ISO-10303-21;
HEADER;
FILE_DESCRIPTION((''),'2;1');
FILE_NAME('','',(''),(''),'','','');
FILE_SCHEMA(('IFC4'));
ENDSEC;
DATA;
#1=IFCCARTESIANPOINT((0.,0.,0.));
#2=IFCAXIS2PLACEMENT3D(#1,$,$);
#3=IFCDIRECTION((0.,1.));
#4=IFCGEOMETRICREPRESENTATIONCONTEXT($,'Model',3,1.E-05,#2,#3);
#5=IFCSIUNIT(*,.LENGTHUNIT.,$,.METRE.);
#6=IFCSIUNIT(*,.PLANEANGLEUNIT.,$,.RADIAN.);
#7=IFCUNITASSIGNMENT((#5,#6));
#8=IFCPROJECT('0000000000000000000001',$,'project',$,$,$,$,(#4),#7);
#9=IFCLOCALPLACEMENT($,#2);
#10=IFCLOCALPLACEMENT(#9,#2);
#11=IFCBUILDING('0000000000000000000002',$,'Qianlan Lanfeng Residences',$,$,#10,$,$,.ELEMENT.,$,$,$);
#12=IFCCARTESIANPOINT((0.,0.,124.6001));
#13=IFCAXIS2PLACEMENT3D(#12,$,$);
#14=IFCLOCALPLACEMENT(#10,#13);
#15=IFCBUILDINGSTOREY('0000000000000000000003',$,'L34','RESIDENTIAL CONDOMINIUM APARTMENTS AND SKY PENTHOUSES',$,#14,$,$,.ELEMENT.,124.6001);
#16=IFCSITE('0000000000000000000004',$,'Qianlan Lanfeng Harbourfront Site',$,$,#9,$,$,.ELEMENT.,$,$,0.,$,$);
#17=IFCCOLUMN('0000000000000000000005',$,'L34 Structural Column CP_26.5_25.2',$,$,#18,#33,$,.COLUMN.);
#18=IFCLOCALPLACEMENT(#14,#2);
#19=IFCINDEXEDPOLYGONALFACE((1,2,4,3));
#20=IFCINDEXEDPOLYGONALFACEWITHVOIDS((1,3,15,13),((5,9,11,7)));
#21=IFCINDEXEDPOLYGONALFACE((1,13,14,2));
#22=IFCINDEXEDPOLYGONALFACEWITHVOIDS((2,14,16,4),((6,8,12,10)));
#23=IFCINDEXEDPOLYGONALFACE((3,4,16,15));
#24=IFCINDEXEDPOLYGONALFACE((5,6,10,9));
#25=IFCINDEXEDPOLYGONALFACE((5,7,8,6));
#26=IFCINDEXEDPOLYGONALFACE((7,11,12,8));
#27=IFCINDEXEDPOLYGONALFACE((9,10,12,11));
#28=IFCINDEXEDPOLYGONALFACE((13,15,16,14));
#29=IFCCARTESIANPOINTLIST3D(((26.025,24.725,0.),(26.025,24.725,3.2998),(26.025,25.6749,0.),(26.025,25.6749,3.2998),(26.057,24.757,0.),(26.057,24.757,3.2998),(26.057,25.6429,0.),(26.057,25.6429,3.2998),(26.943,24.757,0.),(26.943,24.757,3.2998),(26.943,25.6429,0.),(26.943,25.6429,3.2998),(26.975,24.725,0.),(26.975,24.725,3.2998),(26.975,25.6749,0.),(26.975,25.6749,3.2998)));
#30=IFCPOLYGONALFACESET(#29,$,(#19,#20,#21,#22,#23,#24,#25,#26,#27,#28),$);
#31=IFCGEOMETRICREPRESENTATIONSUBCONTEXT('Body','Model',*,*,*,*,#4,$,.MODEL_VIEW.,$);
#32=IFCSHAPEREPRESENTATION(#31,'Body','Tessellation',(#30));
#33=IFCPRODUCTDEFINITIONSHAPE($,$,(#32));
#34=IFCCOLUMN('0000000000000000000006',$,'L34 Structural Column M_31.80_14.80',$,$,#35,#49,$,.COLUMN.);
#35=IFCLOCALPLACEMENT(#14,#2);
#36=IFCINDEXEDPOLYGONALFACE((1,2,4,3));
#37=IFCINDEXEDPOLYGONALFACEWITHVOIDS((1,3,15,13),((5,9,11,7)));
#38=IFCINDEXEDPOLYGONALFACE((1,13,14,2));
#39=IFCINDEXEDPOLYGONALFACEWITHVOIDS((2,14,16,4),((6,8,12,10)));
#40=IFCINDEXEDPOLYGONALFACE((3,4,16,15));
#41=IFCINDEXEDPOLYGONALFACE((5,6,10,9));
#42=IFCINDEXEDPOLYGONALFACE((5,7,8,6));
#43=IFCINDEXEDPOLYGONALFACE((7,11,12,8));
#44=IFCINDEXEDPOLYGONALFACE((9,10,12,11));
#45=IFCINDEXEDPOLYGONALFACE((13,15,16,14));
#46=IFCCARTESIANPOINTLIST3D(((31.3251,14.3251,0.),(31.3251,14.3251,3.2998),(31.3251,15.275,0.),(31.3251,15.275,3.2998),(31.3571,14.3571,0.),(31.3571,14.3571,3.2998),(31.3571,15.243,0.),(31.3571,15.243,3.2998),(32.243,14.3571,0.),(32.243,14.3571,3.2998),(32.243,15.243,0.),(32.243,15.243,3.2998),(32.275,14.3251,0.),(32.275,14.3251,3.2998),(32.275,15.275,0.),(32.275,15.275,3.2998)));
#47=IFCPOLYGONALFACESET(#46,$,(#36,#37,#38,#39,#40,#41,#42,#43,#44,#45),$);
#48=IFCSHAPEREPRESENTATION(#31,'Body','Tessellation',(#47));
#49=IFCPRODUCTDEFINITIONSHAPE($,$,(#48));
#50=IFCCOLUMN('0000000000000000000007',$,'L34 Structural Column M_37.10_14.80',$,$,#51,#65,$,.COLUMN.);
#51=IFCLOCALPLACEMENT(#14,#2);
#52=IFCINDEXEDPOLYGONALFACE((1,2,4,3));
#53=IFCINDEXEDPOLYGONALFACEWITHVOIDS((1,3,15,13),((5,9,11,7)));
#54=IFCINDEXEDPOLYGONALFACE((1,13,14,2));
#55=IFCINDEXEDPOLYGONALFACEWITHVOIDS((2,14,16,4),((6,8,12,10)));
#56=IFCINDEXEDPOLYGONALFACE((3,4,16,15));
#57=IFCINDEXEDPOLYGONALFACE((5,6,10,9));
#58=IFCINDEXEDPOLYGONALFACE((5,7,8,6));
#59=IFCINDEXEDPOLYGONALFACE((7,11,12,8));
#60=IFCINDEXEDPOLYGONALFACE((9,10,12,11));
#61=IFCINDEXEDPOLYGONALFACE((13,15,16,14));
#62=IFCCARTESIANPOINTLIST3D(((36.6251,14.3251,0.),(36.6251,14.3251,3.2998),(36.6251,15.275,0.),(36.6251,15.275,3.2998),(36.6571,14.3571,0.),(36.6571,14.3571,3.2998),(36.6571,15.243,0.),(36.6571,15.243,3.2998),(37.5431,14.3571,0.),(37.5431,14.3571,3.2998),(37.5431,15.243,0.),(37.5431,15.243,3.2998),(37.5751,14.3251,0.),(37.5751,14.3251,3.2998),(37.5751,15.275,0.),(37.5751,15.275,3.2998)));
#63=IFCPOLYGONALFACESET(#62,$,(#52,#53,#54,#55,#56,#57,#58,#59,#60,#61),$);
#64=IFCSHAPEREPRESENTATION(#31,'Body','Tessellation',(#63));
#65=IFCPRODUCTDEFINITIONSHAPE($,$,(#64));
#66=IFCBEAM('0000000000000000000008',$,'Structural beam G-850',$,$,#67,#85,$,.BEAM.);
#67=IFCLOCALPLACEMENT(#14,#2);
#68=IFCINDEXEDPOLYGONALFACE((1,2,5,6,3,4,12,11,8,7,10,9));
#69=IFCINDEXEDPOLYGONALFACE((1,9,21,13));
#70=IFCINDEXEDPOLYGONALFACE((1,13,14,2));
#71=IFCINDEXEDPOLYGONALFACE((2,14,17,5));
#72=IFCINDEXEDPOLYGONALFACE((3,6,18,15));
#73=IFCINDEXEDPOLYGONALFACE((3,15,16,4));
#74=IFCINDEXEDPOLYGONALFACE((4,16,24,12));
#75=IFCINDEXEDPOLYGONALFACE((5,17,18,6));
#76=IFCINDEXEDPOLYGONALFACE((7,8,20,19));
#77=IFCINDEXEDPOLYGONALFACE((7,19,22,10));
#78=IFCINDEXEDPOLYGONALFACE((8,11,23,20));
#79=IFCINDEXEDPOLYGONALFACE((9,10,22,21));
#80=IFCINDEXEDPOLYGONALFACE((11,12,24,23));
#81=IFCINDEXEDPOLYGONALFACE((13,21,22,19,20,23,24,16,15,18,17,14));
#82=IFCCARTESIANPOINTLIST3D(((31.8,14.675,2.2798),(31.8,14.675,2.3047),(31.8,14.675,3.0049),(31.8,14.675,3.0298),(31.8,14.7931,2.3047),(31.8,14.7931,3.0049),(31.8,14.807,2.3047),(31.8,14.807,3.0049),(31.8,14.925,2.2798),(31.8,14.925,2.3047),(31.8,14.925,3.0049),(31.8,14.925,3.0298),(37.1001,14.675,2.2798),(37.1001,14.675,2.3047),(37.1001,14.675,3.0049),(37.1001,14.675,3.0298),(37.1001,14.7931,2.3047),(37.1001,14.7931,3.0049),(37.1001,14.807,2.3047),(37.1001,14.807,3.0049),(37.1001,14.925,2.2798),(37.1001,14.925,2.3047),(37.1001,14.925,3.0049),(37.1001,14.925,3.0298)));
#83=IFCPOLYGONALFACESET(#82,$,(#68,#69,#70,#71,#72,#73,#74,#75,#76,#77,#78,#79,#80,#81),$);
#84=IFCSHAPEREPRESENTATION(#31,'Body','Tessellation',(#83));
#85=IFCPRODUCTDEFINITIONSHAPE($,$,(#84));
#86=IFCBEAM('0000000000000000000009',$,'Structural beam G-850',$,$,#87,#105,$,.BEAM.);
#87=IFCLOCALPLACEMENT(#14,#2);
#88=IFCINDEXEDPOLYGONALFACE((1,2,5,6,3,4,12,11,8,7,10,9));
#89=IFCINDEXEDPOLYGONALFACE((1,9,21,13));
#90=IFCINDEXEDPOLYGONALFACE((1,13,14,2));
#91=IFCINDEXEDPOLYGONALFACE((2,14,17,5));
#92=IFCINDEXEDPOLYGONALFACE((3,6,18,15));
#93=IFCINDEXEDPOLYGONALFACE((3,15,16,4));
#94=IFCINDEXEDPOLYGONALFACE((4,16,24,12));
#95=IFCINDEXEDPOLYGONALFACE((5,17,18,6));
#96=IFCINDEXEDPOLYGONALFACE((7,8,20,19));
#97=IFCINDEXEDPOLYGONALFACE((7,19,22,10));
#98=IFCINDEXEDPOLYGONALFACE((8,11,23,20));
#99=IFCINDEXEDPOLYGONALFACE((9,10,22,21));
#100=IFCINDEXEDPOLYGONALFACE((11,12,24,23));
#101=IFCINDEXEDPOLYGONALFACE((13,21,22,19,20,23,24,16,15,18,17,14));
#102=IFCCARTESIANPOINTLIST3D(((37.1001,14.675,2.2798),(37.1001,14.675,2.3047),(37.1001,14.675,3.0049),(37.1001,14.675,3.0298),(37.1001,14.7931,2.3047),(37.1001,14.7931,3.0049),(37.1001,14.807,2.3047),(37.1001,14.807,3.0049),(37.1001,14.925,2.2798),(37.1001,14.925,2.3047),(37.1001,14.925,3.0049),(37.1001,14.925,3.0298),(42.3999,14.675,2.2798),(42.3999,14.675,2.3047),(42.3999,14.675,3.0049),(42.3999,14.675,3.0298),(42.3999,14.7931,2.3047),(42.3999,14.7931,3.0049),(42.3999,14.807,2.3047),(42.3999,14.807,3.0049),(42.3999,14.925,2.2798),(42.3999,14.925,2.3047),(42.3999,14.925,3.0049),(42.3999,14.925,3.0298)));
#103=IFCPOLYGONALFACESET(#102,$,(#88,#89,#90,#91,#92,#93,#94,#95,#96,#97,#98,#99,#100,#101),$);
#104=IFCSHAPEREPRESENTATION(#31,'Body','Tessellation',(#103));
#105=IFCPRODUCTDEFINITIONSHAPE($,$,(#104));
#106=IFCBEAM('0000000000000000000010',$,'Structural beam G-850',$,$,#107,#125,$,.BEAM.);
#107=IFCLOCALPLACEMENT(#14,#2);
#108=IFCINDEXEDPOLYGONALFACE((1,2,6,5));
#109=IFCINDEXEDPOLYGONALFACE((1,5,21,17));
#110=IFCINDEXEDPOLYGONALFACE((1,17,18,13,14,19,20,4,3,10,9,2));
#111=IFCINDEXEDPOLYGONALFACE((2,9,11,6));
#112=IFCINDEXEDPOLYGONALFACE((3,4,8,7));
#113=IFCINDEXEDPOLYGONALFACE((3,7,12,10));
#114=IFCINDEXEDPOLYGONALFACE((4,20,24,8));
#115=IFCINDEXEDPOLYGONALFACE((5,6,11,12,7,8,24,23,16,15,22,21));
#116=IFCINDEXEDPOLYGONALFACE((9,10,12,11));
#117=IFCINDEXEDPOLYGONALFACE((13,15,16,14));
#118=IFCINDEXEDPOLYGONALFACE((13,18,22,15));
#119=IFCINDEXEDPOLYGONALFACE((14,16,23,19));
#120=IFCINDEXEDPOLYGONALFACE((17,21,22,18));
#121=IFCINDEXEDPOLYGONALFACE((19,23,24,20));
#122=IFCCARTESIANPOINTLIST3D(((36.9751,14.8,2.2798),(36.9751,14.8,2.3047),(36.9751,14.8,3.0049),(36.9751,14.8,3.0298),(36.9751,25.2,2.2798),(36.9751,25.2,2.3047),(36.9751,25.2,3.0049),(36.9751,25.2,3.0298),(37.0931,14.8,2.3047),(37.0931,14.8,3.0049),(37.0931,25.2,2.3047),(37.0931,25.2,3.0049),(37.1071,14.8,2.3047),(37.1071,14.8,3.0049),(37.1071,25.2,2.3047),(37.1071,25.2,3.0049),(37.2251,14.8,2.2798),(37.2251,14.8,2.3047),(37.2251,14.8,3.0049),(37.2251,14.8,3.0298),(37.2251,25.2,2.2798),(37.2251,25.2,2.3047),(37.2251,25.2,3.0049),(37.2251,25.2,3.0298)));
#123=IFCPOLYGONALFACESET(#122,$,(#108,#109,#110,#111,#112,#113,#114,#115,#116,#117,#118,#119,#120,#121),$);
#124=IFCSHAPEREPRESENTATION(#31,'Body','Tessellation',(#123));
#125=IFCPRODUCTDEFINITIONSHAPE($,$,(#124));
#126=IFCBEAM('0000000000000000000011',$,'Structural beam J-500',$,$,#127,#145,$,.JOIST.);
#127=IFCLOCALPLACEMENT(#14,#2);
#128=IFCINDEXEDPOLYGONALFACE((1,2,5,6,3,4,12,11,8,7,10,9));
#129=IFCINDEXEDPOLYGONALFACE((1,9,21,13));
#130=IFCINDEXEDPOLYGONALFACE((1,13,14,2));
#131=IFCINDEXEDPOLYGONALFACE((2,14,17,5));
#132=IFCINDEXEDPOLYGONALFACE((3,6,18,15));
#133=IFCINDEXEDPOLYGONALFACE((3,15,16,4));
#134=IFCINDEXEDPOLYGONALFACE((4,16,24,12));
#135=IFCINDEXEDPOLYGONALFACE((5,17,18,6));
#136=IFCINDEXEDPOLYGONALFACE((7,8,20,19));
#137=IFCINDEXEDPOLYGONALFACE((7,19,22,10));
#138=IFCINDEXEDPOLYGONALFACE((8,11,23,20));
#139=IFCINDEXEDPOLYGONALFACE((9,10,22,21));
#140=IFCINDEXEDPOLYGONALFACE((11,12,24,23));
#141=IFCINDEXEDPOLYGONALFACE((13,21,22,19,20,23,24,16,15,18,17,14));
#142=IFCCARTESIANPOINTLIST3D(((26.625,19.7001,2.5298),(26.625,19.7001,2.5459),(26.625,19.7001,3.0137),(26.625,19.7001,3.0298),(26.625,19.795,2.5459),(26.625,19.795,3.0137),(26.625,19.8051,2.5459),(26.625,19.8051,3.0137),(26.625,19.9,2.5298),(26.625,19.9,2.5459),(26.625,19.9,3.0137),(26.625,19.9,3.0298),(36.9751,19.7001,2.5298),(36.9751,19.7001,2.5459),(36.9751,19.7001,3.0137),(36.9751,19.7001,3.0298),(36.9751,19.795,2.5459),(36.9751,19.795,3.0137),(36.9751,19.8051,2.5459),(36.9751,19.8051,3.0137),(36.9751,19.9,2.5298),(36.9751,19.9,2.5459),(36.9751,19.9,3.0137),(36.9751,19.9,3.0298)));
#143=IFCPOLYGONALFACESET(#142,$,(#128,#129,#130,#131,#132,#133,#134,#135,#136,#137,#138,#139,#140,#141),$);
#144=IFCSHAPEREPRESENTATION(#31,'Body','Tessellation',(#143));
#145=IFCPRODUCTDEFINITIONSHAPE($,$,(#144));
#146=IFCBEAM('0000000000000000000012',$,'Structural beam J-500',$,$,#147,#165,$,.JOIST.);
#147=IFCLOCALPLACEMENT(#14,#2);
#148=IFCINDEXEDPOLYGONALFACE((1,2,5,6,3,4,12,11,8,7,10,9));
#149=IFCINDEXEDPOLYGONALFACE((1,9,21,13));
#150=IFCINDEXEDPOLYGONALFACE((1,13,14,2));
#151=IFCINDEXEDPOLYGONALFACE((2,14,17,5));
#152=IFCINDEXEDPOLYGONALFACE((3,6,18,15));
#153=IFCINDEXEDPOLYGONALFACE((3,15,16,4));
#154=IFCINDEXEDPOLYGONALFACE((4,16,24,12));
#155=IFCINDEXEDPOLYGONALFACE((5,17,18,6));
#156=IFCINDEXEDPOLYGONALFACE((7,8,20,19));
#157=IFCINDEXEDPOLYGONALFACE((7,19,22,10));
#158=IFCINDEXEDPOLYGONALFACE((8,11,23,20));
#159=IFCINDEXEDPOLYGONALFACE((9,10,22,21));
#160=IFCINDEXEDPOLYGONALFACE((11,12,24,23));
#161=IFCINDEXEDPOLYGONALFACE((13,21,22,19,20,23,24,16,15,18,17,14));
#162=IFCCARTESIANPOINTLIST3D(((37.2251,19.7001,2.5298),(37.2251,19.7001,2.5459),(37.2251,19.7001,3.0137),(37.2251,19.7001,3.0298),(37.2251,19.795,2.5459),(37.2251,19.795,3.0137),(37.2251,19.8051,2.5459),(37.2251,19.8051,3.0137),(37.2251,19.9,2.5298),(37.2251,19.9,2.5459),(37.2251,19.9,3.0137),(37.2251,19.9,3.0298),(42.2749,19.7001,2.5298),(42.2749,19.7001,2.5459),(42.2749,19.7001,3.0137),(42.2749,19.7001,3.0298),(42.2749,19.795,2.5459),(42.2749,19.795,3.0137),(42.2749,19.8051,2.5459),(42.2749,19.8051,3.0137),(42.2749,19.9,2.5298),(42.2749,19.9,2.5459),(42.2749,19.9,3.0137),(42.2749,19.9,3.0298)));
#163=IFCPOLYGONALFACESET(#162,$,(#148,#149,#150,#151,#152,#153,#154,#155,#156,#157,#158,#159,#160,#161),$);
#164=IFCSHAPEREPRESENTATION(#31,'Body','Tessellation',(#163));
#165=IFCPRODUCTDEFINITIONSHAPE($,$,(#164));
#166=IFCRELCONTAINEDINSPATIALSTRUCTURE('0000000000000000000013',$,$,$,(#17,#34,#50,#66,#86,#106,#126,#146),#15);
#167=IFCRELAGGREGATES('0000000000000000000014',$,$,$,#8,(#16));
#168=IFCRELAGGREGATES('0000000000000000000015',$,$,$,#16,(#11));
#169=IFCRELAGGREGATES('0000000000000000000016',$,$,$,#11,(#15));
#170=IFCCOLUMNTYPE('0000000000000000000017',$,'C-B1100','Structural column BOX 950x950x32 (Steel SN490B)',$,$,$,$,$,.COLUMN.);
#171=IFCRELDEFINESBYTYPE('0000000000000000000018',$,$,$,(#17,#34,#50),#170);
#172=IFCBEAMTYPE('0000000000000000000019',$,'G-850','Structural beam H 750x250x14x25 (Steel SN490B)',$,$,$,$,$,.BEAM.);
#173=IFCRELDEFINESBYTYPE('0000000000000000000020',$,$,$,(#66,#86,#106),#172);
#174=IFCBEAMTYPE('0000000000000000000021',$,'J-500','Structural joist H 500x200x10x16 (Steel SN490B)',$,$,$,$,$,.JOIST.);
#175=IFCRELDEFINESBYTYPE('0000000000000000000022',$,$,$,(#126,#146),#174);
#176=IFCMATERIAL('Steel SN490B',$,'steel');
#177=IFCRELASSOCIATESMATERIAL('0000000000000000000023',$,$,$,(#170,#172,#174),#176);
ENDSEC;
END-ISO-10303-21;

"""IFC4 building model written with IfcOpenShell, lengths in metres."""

from ifc_helpers import new_model, si_unit, direction, frame, origin, origin_2d, place, context, subcontext, project, spatial, hollow_rectangle, i_section, extrude, material, material_profile, profile_set, type_object, element, save


model = new_model("IFC4")

# Units and contexts
model_context = context("Model", 3, precision=1e-05, world=origin(), true_north=direction((0.0, 1.0)))
body_context = subcontext(model_context, "Body", "Model", "MODEL_VIEW")
ifc_project = project(units=[si_unit("LENGTHUNIT", "METRE"), si_unit("PLANEANGLEUNIT", "RADIAN")], contexts=[model_context])

# Site, building, storey
site_placement = place(None, origin())
site = spatial("IfcSite", under=ifc_project, at=site_placement, Name="Qianlan Lanfeng Harbourfront Site", CompositionType="ELEMENT", RefElevation=0.0)
building_placement = place(site_placement, origin())
building = spatial("IfcBuilding", under=site, at=building_placement, Name="Qianlan Lanfeng Residences", CompositionType="ELEMENT")
storey_placement = place(building_placement, frame((0.0, 0.0, 124.6001)))
storey = spatial("IfcBuildingStorey", under=building, at=storey_placement, Name="L34", Description="RESIDENTIAL CONDOMINIUM APARTMENTS AND SKY PENTHOUSES", CompositionType="ELEMENT", Elevation=124.6001)

# Columns
ifc_material_1 = material(Name="Steel SN490B", Category="steel")
ifc_material_profile_1 = material_profile(ifc_material_1, hollow_rectangle(XDim=0.95, YDim=0.95, WallThickness=0.032, at=origin_2d()), Name="BOX 950x950x32")
ifc_profile_set_1 = profile_set([ifc_material_profile_1], Name="Steel SN490B")
column_type = type_object("IfcColumnType", Name="C-B1100", Description="Structural column BOX 950x950x32 (Steel SN490B)", PredefinedType="COLUMN", material=ifc_profile_set_1)
for number, where, z_axis, x_axis, name in (
    (1, (26.5, 25.2, 0.0), (0.0, 0.0, 1.0), (1.0, 0.0, 0.0), "L34 Structural Column CP_26.5_25.2"),
    (2, (31.8, 14.8, 0.0), (0.0, 0.0, 1.0), (1.0, 0.0, 0.0), "L34 Structural Column M_31.80_14.80"),
    (3, (37.1001, 14.8, 0.0), (0.0, 0.0, 1.0), (1.0, 0.0, 0.0), "L34 Structural Column M_37.10_14.80"),
):
    element("IfcColumn", number, at=place(storey_placement, frame(where, z_axis=z_axis, x_axis=x_axis)), inside=storey, type_object=column_type, Name=name, PredefinedType="COLUMN", context=body_context, shape_type="SweptSolid", body=[
        extrude(hollow_rectangle(XDim=0.95, YDim=0.95, WallThickness=0.032, at=origin_2d()), origin(), (0.0, 0.0, 1.0), 3.2998),
    ])

# Beams
ifc_material_profile_2 = material_profile(ifc_material_1, i_section(OverallWidth=0.25, OverallDepth=0.75, WebThickness=0.0139, FlangeThickness=0.0249, at=origin_2d()), Name="H 750x250x14x25")
ifc_profile_set_2 = profile_set([ifc_material_profile_2], Name="Steel SN490B")
beam_type_1 = type_object("IfcBeamType", Name="G-850", Description="Structural beam H 750x250x14x25 (Steel SN490B)", PredefinedType="BEAM", material=ifc_profile_set_2)
beam_1_placement = place(storey_placement, frame((31.8, 14.8, 2.6548), z_axis=(1.0, 0.0, 0.0), x_axis=(0.0, 1.0, 0.0)))
element("IfcBeam", 4, at=beam_1_placement, inside=storey, type_object=beam_type_1, Name="Structural beam G-850", PredefinedType="BEAM", context=body_context, shape_type="SweptSolid", body=[
    extrude(i_section(OverallWidth=0.25, OverallDepth=0.75, WebThickness=0.0139, FlangeThickness=0.0249, at=origin_2d()), origin(), (0.0, 0.0, 1.0), 5.3),
])
beam_2_placement = place(storey_placement, frame((37.1001, 14.8, 2.6548), z_axis=(1.0, 0.0, 0.0), x_axis=(0.0, 1.0, 0.0)))
element("IfcBeam", 5, at=beam_2_placement, inside=storey, type_object=beam_type_1, Name="Structural beam G-850", PredefinedType="BEAM", context=body_context, shape_type="SweptSolid", body=[
    extrude(i_section(OverallWidth=0.25, OverallDepth=0.75, WebThickness=0.0139, FlangeThickness=0.0249, at=origin_2d()), origin(), (0.0, 0.0, 1.0), 5.2998),
])
beam_3_placement = place(storey_placement, frame((37.1001, 14.8, 2.6548), z_axis=(0.0, 1.0, 0.0), x_axis=(-1.0, 0.0, 0.0)))
element("IfcBeam", 6, at=beam_3_placement, inside=storey, type_object=beam_type_1, Name="Structural beam G-850", PredefinedType="BEAM", context=body_context, shape_type="SweptSolid", body=[
    extrude(i_section(OverallWidth=0.25, OverallDepth=0.75, WebThickness=0.0139, FlangeThickness=0.0249, at=origin_2d()), origin(), (0.0, 0.0, 1.0), 10.3999),
])
ifc_material_profile_3 = material_profile(ifc_material_1, i_section(OverallWidth=0.2, OverallDepth=0.5, WebThickness=0.01, FlangeThickness=0.0161, at=origin_2d()), Name="H 500x200x10x16")
ifc_profile_set_3 = profile_set([ifc_material_profile_3], Name="Steel SN490B")
beam_type_2 = type_object("IfcBeamType", Name="J-500", Description="Structural joist H 500x200x10x16 (Steel SN490B)", PredefinedType="JOIST", material=ifc_profile_set_3)
beam_4_placement = place(storey_placement, frame((26.625, 19.8, 2.7798), z_axis=(1.0, 0.0, 0.0), x_axis=(0.0, 1.0, 0.0)))
element("IfcBeam", 7, at=beam_4_placement, inside=storey, type_object=beam_type_2, Name="Structural beam J-500", PredefinedType="JOIST", context=body_context, shape_type="SweptSolid", body=[
    extrude(i_section(OverallWidth=0.2, OverallDepth=0.5, WebThickness=0.01, FlangeThickness=0.0161, at=origin_2d()), origin(), (0.0, 0.0, 1.0), 10.3501),
])
beam_5_placement = place(storey_placement, frame((37.2251, 19.8, 2.7798), z_axis=(1.0, 0.0, 0.0), x_axis=(0.0, 1.0, 0.0)))
element("IfcBeam", 8, at=beam_5_placement, inside=storey, type_object=beam_type_2, Name="Structural beam J-500", PredefinedType="JOIST", context=body_context, shape_type="SweptSolid", body=[
    extrude(i_section(OverallWidth=0.2, OverallDepth=0.5, WebThickness=0.01, FlangeThickness=0.0161, at=origin_2d()), origin(), (0.0, 0.0, 1.0), 5.0498),
])

save(model, "model.ifc")
